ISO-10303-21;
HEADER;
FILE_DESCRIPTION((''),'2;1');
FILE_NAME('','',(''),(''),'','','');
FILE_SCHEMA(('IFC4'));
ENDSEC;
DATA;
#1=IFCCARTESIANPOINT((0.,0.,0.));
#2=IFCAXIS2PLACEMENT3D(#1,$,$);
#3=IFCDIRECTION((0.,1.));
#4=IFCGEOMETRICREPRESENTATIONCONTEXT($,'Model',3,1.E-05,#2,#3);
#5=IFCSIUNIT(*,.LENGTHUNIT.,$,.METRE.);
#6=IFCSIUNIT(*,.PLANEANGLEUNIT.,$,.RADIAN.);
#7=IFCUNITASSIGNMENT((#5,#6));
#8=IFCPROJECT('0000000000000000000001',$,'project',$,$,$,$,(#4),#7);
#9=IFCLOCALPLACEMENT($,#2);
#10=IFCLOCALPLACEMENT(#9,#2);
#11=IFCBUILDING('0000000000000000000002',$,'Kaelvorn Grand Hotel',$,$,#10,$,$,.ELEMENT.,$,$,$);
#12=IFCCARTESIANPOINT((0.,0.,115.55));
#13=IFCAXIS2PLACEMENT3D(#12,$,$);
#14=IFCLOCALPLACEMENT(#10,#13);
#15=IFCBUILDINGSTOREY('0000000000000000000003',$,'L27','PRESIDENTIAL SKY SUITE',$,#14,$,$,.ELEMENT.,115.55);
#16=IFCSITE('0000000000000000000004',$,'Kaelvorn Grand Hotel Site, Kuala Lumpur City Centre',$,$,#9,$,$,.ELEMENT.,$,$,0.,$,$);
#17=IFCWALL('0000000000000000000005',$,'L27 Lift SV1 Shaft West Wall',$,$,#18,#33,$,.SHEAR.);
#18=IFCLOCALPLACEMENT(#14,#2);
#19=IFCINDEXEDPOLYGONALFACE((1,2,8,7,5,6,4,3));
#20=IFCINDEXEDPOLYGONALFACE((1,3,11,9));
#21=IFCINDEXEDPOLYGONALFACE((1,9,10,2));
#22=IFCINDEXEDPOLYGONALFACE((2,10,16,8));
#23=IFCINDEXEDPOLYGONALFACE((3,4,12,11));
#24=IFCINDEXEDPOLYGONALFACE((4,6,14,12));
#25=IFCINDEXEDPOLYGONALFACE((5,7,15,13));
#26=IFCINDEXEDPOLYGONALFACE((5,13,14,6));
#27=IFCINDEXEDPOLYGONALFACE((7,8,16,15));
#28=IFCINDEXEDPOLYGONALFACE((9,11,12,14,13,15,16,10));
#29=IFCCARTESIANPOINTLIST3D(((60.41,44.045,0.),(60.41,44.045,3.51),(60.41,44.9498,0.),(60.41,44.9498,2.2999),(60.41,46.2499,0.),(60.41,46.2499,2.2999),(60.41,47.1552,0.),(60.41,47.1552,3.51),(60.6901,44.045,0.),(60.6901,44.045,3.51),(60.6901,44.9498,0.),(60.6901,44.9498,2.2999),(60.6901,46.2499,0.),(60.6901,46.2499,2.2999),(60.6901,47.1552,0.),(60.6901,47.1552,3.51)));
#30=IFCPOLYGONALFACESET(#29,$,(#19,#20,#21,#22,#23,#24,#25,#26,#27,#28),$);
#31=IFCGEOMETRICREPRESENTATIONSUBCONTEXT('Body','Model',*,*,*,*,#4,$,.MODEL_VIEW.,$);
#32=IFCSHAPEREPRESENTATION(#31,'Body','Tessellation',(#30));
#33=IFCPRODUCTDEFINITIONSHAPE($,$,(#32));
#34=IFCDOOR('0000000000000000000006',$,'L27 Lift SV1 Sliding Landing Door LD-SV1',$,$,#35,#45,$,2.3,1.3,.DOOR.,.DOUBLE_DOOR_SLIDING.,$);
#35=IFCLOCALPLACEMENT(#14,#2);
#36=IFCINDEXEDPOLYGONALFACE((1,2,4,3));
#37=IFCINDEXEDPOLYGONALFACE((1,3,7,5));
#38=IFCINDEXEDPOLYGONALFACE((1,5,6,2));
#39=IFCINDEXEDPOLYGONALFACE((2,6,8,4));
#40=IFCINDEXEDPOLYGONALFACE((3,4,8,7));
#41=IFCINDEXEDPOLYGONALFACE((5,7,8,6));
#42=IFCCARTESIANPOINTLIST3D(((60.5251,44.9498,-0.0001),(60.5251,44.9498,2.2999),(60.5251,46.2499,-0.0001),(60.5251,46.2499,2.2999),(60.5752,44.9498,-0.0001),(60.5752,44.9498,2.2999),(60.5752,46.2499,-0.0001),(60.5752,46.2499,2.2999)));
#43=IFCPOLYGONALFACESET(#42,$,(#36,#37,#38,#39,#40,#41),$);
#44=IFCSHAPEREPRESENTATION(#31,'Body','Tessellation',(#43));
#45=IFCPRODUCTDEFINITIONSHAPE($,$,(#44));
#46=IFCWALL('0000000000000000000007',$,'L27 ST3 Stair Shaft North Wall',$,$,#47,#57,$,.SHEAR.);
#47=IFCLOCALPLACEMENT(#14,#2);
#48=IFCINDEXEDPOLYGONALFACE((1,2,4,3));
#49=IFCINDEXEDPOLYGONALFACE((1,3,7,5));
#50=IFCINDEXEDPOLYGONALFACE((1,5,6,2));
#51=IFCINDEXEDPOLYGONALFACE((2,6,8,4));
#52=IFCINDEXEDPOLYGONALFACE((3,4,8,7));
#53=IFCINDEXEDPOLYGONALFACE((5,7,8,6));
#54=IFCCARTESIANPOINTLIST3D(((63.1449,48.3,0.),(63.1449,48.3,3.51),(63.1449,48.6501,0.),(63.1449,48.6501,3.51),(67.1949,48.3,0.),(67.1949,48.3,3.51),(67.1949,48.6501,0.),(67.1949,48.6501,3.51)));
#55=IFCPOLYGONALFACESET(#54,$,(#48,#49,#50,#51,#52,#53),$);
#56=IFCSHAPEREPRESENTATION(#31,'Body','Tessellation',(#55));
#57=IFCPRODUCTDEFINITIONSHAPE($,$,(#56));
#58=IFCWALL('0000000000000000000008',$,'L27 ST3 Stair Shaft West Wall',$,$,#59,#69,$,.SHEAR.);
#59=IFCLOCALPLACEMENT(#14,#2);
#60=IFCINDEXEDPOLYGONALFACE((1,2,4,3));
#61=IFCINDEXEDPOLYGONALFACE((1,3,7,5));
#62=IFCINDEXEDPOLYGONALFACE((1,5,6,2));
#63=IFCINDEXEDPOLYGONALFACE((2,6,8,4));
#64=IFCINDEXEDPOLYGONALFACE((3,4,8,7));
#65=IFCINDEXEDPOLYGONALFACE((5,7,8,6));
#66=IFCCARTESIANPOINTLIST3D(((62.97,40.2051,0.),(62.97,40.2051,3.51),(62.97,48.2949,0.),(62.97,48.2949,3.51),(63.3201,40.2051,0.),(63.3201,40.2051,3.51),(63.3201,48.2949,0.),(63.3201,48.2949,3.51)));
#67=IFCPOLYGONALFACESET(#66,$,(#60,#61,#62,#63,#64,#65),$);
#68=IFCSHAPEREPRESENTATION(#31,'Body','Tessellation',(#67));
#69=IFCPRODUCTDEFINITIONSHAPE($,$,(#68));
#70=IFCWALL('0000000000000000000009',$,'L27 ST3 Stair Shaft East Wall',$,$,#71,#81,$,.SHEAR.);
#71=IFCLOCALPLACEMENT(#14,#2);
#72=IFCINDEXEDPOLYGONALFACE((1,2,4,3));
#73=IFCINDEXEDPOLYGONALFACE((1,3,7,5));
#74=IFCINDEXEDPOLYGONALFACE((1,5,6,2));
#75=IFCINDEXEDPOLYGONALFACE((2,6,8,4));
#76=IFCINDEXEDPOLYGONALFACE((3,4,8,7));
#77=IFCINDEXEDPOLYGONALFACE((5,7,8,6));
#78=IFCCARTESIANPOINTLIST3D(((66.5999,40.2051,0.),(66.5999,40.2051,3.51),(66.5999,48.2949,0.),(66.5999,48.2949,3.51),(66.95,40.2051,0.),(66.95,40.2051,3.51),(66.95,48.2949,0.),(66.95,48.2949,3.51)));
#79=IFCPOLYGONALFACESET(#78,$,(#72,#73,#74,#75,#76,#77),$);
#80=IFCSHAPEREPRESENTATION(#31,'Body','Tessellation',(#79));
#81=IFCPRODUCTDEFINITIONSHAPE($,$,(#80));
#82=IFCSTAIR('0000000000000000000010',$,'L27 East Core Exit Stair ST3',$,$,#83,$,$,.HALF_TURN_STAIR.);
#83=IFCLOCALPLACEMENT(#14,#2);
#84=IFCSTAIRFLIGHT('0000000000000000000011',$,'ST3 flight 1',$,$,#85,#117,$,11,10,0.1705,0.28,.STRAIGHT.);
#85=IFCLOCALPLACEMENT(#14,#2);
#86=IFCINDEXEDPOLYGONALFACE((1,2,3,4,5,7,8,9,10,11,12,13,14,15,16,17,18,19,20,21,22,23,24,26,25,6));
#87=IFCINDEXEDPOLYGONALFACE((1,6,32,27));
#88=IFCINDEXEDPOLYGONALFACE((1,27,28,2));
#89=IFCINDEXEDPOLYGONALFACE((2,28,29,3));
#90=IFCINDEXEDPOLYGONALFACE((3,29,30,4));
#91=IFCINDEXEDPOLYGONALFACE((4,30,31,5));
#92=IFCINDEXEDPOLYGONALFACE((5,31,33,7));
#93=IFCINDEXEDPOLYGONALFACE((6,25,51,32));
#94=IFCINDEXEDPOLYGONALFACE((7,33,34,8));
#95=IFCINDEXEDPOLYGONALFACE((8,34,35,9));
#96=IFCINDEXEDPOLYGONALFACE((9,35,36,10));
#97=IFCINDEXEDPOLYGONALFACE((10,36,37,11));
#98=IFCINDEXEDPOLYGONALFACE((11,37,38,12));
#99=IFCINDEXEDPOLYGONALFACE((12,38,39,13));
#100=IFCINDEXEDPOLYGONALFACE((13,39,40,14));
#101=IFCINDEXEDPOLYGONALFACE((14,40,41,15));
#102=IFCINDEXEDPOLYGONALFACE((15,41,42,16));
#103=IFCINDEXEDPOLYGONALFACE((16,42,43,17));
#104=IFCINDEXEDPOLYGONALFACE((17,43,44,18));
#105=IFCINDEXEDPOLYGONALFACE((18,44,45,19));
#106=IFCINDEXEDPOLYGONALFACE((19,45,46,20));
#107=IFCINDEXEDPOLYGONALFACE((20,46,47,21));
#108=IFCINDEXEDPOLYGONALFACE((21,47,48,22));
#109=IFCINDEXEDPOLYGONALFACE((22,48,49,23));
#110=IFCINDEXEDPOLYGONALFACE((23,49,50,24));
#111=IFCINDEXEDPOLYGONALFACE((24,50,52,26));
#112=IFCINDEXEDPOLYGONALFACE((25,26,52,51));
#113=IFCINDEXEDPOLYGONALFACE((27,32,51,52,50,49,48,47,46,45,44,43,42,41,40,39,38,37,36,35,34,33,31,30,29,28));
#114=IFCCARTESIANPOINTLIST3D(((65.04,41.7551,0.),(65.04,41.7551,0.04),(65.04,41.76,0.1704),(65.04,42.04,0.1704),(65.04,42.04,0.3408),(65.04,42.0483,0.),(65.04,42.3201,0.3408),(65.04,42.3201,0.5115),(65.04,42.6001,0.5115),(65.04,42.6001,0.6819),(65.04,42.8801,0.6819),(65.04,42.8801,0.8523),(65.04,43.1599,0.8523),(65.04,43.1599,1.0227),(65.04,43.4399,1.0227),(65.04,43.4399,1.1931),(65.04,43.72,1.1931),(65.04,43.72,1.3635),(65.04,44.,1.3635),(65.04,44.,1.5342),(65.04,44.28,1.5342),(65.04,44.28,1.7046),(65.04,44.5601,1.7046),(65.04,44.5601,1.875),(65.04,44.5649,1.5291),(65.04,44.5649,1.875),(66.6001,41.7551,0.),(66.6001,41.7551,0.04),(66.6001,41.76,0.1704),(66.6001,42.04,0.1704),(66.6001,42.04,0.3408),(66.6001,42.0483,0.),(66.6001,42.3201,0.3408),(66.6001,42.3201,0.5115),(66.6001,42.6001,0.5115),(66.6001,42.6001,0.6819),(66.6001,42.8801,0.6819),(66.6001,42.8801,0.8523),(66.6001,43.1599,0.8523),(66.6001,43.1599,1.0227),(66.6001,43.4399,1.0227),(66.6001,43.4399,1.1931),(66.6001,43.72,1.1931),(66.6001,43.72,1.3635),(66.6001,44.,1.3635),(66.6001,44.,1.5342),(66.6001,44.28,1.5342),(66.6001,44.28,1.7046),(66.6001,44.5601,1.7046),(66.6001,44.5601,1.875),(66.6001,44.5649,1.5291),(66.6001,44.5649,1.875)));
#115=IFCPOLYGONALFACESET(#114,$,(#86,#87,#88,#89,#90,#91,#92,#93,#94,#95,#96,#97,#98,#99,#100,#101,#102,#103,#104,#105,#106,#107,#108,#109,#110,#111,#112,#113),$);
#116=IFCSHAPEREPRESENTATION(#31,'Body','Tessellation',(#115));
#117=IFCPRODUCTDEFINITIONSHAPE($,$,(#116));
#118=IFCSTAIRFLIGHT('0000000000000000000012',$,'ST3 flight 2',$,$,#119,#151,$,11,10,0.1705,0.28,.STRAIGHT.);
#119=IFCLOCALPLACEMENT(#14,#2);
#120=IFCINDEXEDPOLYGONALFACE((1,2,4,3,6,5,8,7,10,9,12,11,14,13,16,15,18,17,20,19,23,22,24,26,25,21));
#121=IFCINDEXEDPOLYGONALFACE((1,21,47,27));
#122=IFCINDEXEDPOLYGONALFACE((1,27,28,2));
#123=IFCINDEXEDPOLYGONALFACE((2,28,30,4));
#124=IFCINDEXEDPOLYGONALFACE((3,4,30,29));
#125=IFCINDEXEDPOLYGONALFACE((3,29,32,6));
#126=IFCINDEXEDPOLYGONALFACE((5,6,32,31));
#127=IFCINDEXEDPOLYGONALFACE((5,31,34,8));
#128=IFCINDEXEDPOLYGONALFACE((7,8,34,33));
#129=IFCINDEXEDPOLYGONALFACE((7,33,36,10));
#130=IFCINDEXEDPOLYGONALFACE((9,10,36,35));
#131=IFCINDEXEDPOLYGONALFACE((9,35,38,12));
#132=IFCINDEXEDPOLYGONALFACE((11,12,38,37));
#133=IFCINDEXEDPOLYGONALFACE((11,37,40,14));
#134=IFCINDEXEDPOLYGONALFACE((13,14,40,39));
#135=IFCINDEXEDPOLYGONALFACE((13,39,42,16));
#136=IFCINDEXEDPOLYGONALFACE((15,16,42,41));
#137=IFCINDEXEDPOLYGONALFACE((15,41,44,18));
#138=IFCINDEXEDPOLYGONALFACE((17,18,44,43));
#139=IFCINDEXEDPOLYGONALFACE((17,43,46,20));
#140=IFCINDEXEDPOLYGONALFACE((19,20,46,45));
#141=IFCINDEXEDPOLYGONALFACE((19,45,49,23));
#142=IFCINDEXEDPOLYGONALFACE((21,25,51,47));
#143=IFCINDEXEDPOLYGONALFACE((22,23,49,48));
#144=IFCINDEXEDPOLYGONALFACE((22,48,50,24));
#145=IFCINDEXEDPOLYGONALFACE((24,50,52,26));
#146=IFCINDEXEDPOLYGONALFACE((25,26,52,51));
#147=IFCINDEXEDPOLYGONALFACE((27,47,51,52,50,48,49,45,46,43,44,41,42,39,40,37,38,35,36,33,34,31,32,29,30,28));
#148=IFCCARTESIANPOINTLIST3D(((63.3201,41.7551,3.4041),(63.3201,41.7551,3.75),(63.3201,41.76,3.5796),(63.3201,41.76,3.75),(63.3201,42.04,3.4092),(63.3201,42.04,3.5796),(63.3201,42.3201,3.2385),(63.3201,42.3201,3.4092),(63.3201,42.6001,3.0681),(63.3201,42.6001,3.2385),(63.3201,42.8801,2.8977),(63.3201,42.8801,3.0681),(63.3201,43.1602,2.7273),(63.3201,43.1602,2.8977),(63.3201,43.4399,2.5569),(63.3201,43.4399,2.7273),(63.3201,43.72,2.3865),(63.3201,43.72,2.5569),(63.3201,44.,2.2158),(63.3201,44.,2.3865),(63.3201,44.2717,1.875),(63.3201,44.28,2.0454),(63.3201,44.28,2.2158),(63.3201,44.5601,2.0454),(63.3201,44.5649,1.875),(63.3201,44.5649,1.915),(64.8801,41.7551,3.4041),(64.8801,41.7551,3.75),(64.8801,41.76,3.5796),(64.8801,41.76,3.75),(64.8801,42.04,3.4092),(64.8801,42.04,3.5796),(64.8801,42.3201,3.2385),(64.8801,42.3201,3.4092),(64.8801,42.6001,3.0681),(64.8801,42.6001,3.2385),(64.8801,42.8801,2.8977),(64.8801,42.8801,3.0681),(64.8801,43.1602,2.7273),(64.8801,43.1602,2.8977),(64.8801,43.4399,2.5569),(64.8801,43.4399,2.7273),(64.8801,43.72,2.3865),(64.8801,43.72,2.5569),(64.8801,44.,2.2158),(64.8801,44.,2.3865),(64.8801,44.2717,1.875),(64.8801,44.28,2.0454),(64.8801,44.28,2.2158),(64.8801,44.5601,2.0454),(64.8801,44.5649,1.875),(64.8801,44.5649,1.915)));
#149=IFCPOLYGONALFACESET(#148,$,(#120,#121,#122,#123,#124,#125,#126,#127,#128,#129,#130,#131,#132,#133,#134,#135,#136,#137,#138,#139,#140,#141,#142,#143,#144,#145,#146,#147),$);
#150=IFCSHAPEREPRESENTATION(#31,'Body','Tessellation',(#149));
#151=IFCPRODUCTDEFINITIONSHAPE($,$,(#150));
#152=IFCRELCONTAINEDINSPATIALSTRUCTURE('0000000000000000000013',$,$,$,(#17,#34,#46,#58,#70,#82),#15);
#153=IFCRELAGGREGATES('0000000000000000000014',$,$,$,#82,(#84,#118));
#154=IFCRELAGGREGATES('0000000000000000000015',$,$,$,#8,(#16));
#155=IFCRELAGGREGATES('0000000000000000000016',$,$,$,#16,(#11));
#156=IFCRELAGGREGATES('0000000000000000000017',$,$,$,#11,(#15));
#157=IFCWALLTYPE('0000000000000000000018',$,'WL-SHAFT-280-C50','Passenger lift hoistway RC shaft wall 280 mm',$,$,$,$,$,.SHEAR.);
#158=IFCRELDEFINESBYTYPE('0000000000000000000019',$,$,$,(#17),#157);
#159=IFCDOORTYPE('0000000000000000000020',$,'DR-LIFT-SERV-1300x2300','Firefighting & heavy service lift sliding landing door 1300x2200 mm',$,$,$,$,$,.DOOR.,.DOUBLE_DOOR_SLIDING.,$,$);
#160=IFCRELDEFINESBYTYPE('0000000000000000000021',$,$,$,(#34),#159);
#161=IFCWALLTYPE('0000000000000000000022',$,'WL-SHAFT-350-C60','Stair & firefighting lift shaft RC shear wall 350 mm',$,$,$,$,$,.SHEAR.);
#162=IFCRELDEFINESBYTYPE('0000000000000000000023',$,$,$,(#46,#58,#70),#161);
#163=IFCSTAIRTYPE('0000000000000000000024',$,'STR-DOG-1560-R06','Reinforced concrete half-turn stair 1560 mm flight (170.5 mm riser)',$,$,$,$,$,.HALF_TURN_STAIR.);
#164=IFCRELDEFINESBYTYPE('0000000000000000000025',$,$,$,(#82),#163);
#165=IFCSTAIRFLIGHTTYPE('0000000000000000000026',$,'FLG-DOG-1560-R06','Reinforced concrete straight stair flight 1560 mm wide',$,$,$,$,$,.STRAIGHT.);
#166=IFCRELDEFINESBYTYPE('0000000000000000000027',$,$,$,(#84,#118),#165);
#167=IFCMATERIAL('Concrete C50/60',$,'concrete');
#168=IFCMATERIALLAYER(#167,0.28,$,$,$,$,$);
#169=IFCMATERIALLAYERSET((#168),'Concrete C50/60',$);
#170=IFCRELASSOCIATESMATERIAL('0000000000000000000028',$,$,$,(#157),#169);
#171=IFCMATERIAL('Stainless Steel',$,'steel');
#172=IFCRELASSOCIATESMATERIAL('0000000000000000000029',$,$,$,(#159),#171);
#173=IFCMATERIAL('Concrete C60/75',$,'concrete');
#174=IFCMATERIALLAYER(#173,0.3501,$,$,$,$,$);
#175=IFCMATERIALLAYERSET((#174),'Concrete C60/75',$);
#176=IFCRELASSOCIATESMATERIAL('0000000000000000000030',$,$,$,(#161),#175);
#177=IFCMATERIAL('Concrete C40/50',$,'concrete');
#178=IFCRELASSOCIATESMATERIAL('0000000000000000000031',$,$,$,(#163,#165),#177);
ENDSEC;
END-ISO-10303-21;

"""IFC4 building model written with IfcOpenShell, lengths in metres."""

from ifc_helpers import new_model, si_unit, direction, frame, frame_2d, origin, place, context, subcontext, project, spatial, polyline, rectangle, outline, extrude, material, layer, layer_set, type_object, element, fill, aggregate, save


model = new_model("IFC4")

# Units and contexts
model_context = context("Model", 3, precision=1e-05, world=origin(), true_north=direction((0.0, 1.0)))
body_context = subcontext(model_context, "Body", "Model", "MODEL_VIEW")
ifc_project = project(units=[si_unit("LENGTHUNIT", "METRE"), si_unit("PLANEANGLEUNIT", "RADIAN")], contexts=[model_context])

# Site, building, storey
site_placement = place(None, origin())
site = spatial("IfcSite", under=ifc_project, at=site_placement, Name="Kaelvorn Grand Hotel Site, Kuala Lumpur City Centre", CompositionType="ELEMENT", RefElevation=0.0)
building_placement = place(site_placement, origin())
building = spatial("IfcBuilding", under=site, at=building_placement, Name="Kaelvorn Grand Hotel", CompositionType="ELEMENT")
storey_placement = place(building_placement, frame((0.0, 0.0, 115.55)))
storey = spatial("IfcBuildingStorey", under=building, at=storey_placement, Name="L27", Description="PRESIDENTIAL SKY SUITE", CompositionType="ELEMENT", Elevation=115.55)

# Shared definitions
ifc_material_1 = material(Name="Concrete C60/75", Category="concrete")

# Shared definitions
ifc_material_2 = material(Name="Concrete C40/50", Category="concrete")
ifc_material_3 = material(Name="Concrete C50/60", Category="concrete")
ifc_layer_1 = layer(ifc_material_3, 0.28)
ifc_layer_set_1 = layer_set([ifc_layer_1], Name="Concrete C50/60")
wall_type_1 = type_object("IfcWallType", Name="WL-SHAFT-280-C50", Description="Passenger lift hoistway RC shaft wall 280 mm", PredefinedType="SHEAR", material=ifc_layer_set_1)

# Wall, opening, door
wall_1_placement = place(storey_placement, frame((60.55, 44.0449, 0.0), z_axis=(0.0, 0.0, 1.0), x_axis=(0.0, 1.0, 0.0)))
wall_1 = element("IfcWall", 1, at=wall_1_placement, inside=storey, type_object=wall_type_1, Name="L27 Lift SV1 Shaft West Wall", PredefinedType="SHEAR", context=body_context, shape_type="SweptSolid", body=[
    extrude(rectangle(XDim=3.1101, YDim=0.28, at=frame_2d((1.5552, 0.0))), origin(), (0.0, 0.0, 1.0), 3.51),
])
opening_1_placement = place(wall_1_placement, frame((0.905, 0.0, 0.0)))
opening_1 = element("IfcOpeningElement", 2, at=opening_1_placement, cuts=wall_1, PredefinedType="OPENING", context=body_context, shape_type="SweptSolid", body=[
    extrude(rectangle(XDim=1.3, YDim=2.3, at=frame_2d((0.6499, 1.1499))), frame((0.0, 0.1499, 0.0), z_axis=(0.0, -1.0, 0.0), x_axis=(1.0, 0.0, 0.0)), (0.0, 0.0, 1.0), 0.3),
])
ifc_material_4 = material(Name="Stainless Steel", Category="steel")
door_type_1 = type_object("IfcDoorType", Name="DR-LIFT-SERV-1300x2300", Description="Firefighting & heavy service lift sliding landing door 1300x2200 mm", OperationType="DOUBLE_DOOR_SLIDING", PredefinedType="DOOR", material=ifc_material_4)
door_1_placement = place(opening_1_placement, origin())
door_1 = element("IfcDoor", 3, at=door_1_placement, inside=storey, type_object=door_type_1, Name="L27 Lift SV1 Sliding Landing Door LD-SV1", OperationType="DOUBLE_DOOR_SLIDING", OverallHeight=2.3, OverallWidth=1.3, PredefinedType="DOOR", context=body_context, shape_type="SweptSolid", body=[
    extrude(rectangle(XDim=1.3, YDim=2.3, at=frame_2d((0.6499, 1.1499))), frame((0.0, 0.0249, 0.0), z_axis=(0.0, -1.0, 0.0), x_axis=(1.0, 0.0, 0.0)), (0.0, 0.0, 1.0), 0.05),
])
fill(opening_1, door_1)
ifc_layer_2 = layer(ifc_material_1, 0.3501)
ifc_layer_set_2 = layer_set([ifc_layer_2], Name="Concrete C60/75")
wall_type_2 = type_object("IfcWallType", Name="WL-SHAFT-350-C60", Description="Stair & firefighting lift shaft RC shear wall 350 mm", PredefinedType="SHEAR", material=ifc_layer_set_2)

# Walls
wall_2_placement = place(storey_placement, frame((63.145, 48.4751, 0.0), z_axis=(0.0, 0.0, 1.0), x_axis=(1.0, 0.0, 0.0)))
element("IfcWall", 4, at=wall_2_placement, inside=storey, type_object=wall_type_2, Name="L27 ST3 Stair Shaft North Wall", PredefinedType="SHEAR", context=body_context, shape_type="SweptSolid", body=[
    extrude(rectangle(XDim=4.05, YDim=0.3501, at=frame_2d((2.0249, 0.0))), origin(), (0.0, 0.0, 1.0), 3.51),
])
for number, where, z_axis, x_axis, name in (
    (5, (63.145, 40.2051, 0.0), (0.0, 0.0, 1.0), (0.0, 1.0, 0.0), "L27 ST3 Stair Shaft West Wall"),
    (6, (66.7749, 40.2051, 0.0), (0.0, 0.0, 1.0), (0.0, 1.0, 0.0), "L27 ST3 Stair Shaft East Wall"),
):
    element("IfcWall", number, at=place(storey_placement, frame(where, z_axis=z_axis, x_axis=x_axis)), inside=storey, type_object=wall_type_2, Name=name, PredefinedType="SHEAR", context=body_context, shape_type="SweptSolid", body=[
        extrude(rectangle(XDim=8.0898, YDim=0.3501, at=frame_2d((4.0449, 0.0))), origin(), (0.0, 0.0, 1.0), 3.51),
    ])

# Stair, stair flights
stair_type = type_object("IfcStairType", Name="STR-DOG-1560-R06", Description="Reinforced concrete half-turn stair 1560 mm flight (170.5 mm riser)", PredefinedType="HALF_TURN_STAIR", material=ifc_material_2)
stair_placement = place(storey_placement, origin())
stair = element("IfcStair", 7, at=stair_placement, inside=storey, type_object=stair_type, Name="L27 East Core Exit Stair ST3", PredefinedType="HALF_TURN_STAIR")
stair_flight_type = type_object("IfcStairFlightType", Name="FLG-DOG-1560-R06", Description="Reinforced concrete straight stair flight 1560 mm wide", PredefinedType="STRAIGHT", material=ifc_material_2)
stair_flight_1_placement = place(storey_placement, frame((65.8201, 41.76, 0.0), z_axis=(0.0, 0.0, 1.0), x_axis=(0.0, 1.0, 0.0)))
stair_flight_1 = element("IfcStairFlight", 8, at=stair_flight_1_placement, type_object=stair_flight_type, Name="ST3 flight 1", NumberOfRisers=11, NumberOfTreads=10, PredefinedType="STRAIGHT", RiserHeight=0.1705, TreadLength=0.28, context=body_context, shape_type="SweptSolid", body=[
    extrude(outline(polyline([(-0.0049, 0.0), (-0.0049, 0.04), (0.0, 0.1704), (0.28, 0.1704), (0.28, 0.3408), (0.5601, 0.3408), (0.5601, 0.5115), (0.8401, 0.5115), (0.8401, 0.6819), (1.1201, 0.6819), (1.1201, 0.8523), (1.3999, 0.8523), (1.3999, 1.0227), (1.6799, 1.0227), (1.6799, 1.1931), (1.96, 1.1931), (1.96, 1.3635), (2.24, 1.3635), (2.24, 1.5342), (2.52, 1.5342), (2.52, 1.7046), (2.8, 1.7046), (2.8, 1.875), (2.8049, 1.875), (2.8049, 1.5291), (0.2883, 0.0), (-0.0049, 0.0)])), frame((0.0, 0.78, 0.0), z_axis=(0.0, -1.0, 0.0), x_axis=(1.0, 0.0, 0.0)), (0.0, 0.0, 1.0), 1.5601),
])
stair_flight_2_placement = place(storey_placement, frame((64.1001, 44.5601, 1.875), z_axis=(0.0, 0.0, 1.0), x_axis=(0.0, -1.0, 0.0)))
stair_flight_2 = element("IfcStairFlight", 9, at=stair_flight_2_placement, type_object=stair_flight_type, Name="ST3 flight 2", NumberOfRisers=11, NumberOfTreads=10, PredefinedType="STRAIGHT", RiserHeight=0.1705, TreadLength=0.28, context=body_context, shape_type="SweptSolid", body=[
    extrude(outline(polyline([(-0.0049, 0.0), (-0.0049, 0.04), (0.0, 0.1704), (0.28, 0.1704), (0.28, 0.3408), (0.5601, 0.3408), (0.5601, 0.5115), (0.8401, 0.5115), (0.8401, 0.6819), (1.1201, 0.6819), (1.1201, 0.8523), (1.3999, 0.8523), (1.3999, 1.0227), (1.6799, 1.0227), (1.6799, 1.1931), (1.96, 1.1931), (1.96, 1.3635), (2.24, 1.3635), (2.24, 1.5342), (2.52, 1.5342), (2.52, 1.7046), (2.8, 1.7046), (2.8, 1.875), (2.8049, 1.875), (2.8049, 1.5291), (0.2883, 0.0), (-0.0049, 0.0)])), frame((0.0, 0.78, 0.0), z_axis=(0.0, -1.0, 0.0), x_axis=(1.0, 0.0, 0.0)), (0.0, 0.0, 1.0), 1.5601),
])
aggregate(stair, [stair_flight_1, stair_flight_2])

save(model, "model.ifc")
